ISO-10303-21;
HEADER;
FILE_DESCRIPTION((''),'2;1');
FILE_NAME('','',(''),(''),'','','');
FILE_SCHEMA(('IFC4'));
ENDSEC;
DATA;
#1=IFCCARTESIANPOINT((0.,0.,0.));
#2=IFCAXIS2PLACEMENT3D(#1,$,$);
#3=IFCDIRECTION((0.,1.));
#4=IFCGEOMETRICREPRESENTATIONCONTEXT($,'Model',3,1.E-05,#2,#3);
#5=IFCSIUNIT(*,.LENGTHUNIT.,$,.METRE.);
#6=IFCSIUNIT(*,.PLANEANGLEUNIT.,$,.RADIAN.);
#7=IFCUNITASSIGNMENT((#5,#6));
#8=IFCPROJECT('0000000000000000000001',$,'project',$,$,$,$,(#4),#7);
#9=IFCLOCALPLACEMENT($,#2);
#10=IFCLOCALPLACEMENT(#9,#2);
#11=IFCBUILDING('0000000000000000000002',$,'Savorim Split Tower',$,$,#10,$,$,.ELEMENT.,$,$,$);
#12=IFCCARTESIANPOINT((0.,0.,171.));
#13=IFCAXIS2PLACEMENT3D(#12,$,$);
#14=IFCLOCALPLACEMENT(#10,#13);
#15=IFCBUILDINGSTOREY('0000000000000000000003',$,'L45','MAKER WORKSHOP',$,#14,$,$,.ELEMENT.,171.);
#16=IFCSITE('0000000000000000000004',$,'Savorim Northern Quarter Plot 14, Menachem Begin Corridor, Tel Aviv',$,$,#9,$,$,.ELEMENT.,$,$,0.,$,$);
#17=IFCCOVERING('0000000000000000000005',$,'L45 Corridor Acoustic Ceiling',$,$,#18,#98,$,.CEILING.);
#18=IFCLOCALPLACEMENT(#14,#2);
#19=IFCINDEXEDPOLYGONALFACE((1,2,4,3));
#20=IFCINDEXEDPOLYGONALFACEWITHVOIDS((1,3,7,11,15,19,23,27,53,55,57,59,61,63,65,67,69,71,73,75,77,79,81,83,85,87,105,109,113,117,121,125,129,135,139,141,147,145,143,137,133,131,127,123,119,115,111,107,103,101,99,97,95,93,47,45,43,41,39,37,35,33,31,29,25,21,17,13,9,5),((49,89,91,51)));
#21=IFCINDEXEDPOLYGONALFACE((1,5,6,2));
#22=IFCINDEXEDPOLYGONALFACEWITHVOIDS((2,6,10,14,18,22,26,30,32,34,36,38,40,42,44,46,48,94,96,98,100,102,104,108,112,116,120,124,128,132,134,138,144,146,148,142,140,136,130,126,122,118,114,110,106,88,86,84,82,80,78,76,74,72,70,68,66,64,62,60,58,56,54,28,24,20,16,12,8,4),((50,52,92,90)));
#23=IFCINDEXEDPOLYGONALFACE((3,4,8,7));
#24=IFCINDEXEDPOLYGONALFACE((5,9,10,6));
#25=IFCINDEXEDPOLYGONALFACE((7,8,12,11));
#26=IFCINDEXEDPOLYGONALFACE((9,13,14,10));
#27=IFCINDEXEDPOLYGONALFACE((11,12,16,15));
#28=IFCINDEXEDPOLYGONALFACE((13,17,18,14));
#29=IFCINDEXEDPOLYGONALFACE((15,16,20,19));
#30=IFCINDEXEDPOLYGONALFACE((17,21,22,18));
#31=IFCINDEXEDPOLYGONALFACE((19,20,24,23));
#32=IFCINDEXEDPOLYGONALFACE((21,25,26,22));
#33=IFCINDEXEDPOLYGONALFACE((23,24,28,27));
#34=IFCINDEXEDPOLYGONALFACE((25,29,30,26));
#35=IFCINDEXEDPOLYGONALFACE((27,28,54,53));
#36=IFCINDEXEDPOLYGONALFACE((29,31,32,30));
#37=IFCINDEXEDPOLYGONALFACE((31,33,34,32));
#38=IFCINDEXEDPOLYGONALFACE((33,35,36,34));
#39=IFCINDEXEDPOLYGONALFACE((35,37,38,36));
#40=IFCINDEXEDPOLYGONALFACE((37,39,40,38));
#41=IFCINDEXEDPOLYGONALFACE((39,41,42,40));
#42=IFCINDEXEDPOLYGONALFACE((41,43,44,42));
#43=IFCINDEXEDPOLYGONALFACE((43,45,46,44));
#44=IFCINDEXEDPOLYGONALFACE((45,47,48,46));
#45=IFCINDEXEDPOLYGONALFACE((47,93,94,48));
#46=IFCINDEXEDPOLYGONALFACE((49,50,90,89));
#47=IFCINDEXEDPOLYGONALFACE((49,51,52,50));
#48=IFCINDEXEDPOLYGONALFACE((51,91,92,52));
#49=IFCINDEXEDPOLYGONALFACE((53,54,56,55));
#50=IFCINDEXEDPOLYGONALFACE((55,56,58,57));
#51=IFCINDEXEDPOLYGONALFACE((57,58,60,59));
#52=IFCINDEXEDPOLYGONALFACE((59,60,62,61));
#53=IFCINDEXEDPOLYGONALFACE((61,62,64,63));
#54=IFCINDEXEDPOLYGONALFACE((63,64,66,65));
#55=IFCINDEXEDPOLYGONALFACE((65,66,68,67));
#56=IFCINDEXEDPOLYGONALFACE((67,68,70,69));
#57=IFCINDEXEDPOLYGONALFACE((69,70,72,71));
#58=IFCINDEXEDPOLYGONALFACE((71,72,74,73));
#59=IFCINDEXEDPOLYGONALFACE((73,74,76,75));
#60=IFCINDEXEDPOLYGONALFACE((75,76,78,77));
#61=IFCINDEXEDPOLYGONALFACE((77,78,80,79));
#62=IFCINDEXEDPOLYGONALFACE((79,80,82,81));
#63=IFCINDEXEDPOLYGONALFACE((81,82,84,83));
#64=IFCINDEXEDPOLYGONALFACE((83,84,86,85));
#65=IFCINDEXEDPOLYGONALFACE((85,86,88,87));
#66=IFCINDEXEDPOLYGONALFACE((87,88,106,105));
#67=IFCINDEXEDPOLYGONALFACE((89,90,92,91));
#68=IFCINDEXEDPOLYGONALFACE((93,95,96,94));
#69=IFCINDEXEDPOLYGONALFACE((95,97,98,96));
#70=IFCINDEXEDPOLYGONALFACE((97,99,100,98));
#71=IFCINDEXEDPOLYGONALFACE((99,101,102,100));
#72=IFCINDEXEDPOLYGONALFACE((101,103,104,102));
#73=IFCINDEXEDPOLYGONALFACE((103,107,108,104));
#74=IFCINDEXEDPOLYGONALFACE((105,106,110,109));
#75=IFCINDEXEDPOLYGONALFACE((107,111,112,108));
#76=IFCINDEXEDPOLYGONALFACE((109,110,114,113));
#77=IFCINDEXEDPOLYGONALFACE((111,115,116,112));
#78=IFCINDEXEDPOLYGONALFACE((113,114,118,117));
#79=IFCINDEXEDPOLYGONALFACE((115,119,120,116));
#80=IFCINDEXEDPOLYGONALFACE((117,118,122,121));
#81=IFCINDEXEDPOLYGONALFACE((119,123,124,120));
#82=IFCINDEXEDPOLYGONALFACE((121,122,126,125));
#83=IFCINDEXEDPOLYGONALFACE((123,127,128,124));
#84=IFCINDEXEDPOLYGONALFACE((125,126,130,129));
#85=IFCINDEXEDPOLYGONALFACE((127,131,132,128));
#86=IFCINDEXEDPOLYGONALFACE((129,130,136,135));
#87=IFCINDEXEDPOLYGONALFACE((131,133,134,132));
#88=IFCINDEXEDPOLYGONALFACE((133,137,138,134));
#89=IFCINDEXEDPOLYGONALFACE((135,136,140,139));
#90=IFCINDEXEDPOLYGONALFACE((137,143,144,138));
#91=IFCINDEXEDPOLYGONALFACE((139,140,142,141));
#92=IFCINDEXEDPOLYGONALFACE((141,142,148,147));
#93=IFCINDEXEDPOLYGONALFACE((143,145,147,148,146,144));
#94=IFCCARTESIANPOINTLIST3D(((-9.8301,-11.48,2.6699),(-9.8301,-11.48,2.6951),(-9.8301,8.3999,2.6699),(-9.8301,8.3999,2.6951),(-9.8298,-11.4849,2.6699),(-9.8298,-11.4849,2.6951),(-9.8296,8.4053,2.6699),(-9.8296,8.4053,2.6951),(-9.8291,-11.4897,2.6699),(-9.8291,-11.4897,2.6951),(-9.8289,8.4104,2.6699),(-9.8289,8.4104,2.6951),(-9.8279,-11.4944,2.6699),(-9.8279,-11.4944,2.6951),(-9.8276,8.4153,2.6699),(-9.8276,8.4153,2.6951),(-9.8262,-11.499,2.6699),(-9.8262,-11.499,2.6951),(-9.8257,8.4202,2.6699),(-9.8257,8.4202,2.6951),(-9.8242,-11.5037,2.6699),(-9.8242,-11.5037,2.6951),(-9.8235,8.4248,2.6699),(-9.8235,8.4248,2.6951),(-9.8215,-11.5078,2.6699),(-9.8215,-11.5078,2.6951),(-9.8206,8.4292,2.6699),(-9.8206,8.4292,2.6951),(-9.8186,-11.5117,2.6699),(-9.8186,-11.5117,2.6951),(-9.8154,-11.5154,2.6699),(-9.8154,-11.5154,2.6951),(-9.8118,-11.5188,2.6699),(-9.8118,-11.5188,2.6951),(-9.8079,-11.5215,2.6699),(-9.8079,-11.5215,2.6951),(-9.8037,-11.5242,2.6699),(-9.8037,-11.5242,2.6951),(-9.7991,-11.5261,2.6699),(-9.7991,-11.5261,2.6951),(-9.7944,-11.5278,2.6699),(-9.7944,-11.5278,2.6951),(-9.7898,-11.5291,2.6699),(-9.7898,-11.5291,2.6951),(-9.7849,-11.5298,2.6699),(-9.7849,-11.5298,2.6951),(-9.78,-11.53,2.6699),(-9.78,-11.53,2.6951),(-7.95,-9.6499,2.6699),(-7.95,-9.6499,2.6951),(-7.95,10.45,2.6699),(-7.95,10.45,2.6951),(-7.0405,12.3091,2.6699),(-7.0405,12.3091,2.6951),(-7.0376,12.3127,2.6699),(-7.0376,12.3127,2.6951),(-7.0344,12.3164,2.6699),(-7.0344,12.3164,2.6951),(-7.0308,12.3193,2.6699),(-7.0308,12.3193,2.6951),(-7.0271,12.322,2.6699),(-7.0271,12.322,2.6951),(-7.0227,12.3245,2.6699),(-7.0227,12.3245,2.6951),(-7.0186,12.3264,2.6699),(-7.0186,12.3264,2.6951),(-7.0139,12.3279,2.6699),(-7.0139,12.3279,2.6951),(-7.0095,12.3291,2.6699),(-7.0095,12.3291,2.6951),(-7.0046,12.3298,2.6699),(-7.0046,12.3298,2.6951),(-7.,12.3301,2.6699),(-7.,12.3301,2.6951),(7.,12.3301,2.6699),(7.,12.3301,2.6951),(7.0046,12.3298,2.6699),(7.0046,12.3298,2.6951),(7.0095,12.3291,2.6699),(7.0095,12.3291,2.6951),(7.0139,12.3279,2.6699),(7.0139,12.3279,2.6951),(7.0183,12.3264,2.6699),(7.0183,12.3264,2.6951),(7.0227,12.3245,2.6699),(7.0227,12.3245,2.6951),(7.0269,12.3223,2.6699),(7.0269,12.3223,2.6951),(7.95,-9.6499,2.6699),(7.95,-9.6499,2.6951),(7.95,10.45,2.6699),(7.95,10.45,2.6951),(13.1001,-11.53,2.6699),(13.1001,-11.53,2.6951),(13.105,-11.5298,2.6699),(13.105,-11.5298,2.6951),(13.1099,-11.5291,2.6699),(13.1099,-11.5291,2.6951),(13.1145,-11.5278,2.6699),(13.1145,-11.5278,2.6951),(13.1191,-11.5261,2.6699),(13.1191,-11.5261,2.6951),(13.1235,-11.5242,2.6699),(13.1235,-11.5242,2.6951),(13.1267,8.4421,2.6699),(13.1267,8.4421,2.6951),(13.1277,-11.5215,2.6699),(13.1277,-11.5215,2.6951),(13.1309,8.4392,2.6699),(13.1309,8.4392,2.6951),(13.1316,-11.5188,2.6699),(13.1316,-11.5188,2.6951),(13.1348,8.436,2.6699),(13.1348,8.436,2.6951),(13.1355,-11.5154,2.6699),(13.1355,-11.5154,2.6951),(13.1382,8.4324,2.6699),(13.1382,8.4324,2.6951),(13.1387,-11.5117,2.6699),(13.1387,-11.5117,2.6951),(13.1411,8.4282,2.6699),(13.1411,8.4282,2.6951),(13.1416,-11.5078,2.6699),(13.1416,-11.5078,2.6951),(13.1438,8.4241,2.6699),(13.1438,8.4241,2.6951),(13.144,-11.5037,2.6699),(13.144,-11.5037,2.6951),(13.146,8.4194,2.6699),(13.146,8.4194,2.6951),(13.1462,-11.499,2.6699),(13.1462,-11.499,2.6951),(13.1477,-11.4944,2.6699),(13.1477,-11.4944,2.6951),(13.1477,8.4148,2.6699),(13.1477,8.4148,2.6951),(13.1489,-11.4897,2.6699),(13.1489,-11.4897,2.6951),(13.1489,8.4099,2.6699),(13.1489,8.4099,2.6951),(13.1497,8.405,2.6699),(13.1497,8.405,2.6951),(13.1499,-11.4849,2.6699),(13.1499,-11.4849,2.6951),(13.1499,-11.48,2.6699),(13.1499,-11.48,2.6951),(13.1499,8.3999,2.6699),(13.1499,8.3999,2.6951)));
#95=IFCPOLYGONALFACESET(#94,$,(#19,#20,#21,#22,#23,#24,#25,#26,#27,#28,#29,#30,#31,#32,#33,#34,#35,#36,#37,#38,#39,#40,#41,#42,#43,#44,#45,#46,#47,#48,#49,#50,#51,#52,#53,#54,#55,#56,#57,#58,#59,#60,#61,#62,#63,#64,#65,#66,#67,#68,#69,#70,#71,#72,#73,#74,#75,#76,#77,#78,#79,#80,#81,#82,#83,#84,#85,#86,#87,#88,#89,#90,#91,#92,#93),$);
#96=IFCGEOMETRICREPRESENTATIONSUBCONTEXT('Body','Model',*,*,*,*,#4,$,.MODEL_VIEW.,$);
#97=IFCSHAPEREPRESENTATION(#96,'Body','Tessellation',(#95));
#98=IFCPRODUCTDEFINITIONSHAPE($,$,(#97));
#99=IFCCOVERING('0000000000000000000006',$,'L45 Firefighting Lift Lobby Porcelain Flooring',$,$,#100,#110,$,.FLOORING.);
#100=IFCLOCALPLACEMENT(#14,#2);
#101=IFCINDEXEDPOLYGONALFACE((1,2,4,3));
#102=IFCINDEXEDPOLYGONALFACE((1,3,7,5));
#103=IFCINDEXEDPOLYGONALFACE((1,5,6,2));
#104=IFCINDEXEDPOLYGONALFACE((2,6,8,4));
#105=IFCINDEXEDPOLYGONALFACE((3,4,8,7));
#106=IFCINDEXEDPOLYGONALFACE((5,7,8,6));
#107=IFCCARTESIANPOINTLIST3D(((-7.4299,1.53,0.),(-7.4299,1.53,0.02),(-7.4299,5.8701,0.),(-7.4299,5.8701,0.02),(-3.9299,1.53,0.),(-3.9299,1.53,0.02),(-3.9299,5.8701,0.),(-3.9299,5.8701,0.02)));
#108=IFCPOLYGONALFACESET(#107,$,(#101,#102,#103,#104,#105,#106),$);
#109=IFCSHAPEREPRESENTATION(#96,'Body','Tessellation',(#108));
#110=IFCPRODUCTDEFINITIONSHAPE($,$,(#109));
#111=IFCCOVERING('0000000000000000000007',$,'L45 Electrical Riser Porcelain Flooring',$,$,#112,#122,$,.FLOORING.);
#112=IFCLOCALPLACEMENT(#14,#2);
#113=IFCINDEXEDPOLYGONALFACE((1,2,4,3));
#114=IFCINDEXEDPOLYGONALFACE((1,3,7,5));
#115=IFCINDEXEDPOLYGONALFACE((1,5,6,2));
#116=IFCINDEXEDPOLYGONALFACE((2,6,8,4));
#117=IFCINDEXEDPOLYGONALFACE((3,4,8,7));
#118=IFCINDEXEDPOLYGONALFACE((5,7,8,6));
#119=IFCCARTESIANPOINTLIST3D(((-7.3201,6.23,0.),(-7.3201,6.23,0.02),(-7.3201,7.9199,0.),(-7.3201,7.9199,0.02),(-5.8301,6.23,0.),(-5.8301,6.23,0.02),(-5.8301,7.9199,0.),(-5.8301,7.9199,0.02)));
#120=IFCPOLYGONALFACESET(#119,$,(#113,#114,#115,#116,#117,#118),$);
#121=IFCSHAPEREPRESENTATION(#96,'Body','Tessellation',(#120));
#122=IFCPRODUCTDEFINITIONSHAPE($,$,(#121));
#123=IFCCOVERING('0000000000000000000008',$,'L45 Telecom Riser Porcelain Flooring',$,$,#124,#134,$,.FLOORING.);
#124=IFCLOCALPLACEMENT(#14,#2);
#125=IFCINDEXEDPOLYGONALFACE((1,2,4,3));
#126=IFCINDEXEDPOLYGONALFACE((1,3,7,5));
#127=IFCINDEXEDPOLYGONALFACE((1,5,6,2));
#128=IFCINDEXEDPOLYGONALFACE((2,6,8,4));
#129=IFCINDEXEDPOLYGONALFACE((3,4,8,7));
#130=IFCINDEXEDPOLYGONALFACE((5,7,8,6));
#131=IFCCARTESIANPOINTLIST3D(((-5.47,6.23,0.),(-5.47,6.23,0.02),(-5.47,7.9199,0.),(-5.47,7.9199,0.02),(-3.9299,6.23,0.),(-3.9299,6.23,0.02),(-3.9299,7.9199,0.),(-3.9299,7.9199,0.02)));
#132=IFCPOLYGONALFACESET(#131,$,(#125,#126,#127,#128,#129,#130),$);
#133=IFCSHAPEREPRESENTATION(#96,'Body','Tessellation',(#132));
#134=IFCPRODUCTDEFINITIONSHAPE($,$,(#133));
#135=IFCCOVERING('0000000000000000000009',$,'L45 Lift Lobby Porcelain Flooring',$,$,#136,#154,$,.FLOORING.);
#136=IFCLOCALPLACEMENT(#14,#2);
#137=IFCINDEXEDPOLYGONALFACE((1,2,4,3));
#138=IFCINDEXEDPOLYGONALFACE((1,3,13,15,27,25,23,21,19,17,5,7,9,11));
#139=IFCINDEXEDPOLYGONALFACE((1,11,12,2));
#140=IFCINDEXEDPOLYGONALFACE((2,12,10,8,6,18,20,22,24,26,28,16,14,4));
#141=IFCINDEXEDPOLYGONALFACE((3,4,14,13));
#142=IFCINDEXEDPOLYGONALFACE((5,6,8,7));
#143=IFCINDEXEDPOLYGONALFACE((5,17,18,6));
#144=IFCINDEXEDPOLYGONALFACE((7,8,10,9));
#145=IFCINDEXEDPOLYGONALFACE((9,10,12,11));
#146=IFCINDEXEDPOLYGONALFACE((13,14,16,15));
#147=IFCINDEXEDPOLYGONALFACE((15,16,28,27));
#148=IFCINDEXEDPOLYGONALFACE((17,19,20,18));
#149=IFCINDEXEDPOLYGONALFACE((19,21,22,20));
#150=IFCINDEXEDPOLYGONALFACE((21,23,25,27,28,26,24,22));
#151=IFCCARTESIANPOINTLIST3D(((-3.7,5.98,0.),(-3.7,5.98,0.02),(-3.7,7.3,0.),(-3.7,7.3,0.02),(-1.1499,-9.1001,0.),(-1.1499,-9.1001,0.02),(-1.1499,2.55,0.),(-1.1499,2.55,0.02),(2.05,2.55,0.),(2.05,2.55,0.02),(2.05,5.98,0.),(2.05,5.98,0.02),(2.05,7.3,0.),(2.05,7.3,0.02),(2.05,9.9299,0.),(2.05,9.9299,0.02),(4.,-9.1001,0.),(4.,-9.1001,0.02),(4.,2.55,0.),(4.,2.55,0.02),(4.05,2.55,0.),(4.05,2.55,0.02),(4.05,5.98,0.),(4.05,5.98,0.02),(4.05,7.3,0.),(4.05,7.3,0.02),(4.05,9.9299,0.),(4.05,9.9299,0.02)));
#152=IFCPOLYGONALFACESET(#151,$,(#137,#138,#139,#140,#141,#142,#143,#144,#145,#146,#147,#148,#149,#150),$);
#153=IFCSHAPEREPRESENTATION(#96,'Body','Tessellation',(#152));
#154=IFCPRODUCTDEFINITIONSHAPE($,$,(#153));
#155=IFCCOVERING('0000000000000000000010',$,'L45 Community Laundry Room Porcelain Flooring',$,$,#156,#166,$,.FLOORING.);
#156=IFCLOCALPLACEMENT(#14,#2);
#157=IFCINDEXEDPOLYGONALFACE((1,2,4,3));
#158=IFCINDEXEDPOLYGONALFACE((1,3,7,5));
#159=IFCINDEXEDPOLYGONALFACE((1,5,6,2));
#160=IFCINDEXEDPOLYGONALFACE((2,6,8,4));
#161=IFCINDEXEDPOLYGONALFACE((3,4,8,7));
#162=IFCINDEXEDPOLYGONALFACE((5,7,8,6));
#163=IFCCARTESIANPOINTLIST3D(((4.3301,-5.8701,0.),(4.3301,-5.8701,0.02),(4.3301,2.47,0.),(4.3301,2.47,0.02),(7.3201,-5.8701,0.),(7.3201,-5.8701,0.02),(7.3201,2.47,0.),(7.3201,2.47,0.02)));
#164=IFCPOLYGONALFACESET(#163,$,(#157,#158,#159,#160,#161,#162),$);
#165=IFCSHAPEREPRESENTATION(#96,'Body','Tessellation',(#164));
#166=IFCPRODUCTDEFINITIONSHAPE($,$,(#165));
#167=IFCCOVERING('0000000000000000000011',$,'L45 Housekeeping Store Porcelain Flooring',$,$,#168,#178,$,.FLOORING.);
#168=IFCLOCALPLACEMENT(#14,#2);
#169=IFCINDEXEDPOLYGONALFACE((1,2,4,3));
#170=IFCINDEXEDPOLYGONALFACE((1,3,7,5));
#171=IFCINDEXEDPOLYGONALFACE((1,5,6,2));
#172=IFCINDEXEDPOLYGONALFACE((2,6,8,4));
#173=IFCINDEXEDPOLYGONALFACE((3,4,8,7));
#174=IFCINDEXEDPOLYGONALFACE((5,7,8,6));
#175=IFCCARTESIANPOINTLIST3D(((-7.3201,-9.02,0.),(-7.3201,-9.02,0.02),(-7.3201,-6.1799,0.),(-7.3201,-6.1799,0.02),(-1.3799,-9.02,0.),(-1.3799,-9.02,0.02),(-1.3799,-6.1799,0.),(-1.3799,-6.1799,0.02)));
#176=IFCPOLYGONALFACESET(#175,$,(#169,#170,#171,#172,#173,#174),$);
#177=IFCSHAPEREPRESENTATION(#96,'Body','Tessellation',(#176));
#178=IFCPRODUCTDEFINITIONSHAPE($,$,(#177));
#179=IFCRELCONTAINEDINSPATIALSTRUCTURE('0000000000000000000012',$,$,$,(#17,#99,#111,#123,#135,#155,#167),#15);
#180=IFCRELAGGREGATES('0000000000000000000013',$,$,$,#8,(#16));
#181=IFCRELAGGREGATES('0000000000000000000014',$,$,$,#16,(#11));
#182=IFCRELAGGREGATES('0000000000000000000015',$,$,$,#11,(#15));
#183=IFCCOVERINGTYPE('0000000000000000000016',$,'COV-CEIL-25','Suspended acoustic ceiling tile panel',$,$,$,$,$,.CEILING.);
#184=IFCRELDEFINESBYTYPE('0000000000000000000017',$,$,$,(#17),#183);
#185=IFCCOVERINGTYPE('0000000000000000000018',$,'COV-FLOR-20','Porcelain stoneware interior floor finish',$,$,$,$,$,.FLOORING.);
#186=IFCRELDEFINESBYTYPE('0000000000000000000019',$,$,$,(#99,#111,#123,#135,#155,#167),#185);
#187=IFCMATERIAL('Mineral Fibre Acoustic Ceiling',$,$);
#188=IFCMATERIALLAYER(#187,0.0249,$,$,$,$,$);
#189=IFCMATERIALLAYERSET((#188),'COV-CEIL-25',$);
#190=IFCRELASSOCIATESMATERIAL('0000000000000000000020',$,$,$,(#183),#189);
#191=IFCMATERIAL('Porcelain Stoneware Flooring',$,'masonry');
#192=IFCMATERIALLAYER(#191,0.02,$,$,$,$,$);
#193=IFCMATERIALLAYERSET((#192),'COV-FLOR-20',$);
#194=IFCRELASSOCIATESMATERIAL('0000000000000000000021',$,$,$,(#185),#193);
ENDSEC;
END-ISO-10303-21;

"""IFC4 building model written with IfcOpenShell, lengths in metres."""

from ifc_helpers import new_model, si_unit, direction, frame, origin, place, context, subcontext, project, spatial, polyline, outline, extrude, material, layer, layer_set, type_object, element, save


model = new_model("IFC4")

# Units and contexts
model_context = context("Model", 3, precision=1e-05, world=origin(), true_north=direction((0.0, 1.0)))
body_context = subcontext(model_context, "Body", "Model", "MODEL_VIEW")
ifc_project = project(units=[si_unit("LENGTHUNIT", "METRE"), si_unit("PLANEANGLEUNIT", "RADIAN")], contexts=[model_context])

# Site, building, storey
site_placement = place(None, origin())
site = spatial("IfcSite", under=ifc_project, at=site_placement, Name="Savorim Northern Quarter Plot 14, Menachem Begin Corridor, Tel Aviv", CompositionType="ELEMENT", RefElevation=0.0)
building_placement = place(site_placement, origin())
building = spatial("IfcBuilding", under=site, at=building_placement, Name="Savorim Split Tower", CompositionType="ELEMENT")
storey_placement = place(building_placement, frame((0.0, 0.0, 171.0)))
storey = spatial("IfcBuildingStorey", under=building, at=storey_placement, Name="L45", Description="MAKER WORKSHOP", CompositionType="ELEMENT", Elevation=171.0)

# Coverings
ifc_material_1 = material(Name="Mineral Fibre Acoustic Ceiling")
ifc_layer_1 = layer(ifc_material_1, 0.0249)
ifc_layer_set_1 = layer_set([ifc_layer_1], Name="COV-CEIL-25")
covering_type_1 = type_object("IfcCoveringType", Name="COV-CEIL-25", Description="Suspended acoustic ceiling tile panel", PredefinedType="CEILING", material=ifc_layer_set_1)
covering_1_placement = place(storey_placement, frame((0.0, 0.0, 2.6699)))
element("IfcCovering", 1, at=covering_1_placement, inside=storey, type_object=covering_type_1, Name="L45 Corridor Acoustic Ceiling", PredefinedType="CEILING", context=body_context, shape_type="SweptSolid", body=[
    extrude(outline(polyline([(7.0095, 12.3291), (7.0046, 12.3298), (7.0, 12.3301), (-7.0, 12.3301), (-7.0046, 12.3298), (-7.0095, 12.3291), (-7.0139, 12.3279), (-7.0186, 12.3264), (-7.0227, 12.3245), (-7.0271, 12.322), (-7.0308, 12.3193), (-7.0344, 12.3164), (-7.0376, 12.3127), (-7.0405, 12.3091), (-9.8206, 8.4292), (-9.8235, 8.4248), (-9.8257, 8.4202), (-9.8276, 8.4153), (-9.8289, 8.4104), (-9.8296, 8.4053), (-9.8301, 8.3999), (-9.8301, -11.48), (-9.8298, -11.4849), (-9.8291, -11.4897), (-9.8279, -11.4944), (-9.8262, -11.499), (-9.8242, -11.5037), (-9.8215, -11.5078), (-9.8186, -11.5117), (-9.8154, -11.5154), (-9.8118, -11.5188), (-9.8079, -11.5215), (-9.8037, -11.5242), (-9.7991, -11.5261), (-9.7944, -11.5278), (-9.7898, -11.5291), (-9.7849, -11.5298), (-9.78, -11.53), (13.1001, -11.53), (13.105, -11.5298), (13.1099, -11.5291), (13.1145, -11.5278), (13.1191, -11.5261), (13.1235, -11.5242), (13.1277, -11.5215), (13.1316, -11.5188), (13.1355, -11.5154), (13.1387, -11.5117), (13.1416, -11.5078), (13.144, -11.5037), (13.1462, -11.499), (13.1477, -11.4944), (13.1489, -11.4897), (13.1499, -11.4849), (13.1499, -11.48), (13.1499, 8.3999), (13.1497, 8.405), (13.1489, 8.4099), (13.1477, 8.4148), (13.146, 8.4194), (13.1438, 8.4241), (13.1411, 8.4282), (13.1382, 8.4324), (13.1348, 8.436), (13.1309, 8.4392), (13.1267, 8.4421), (7.0269, 12.3223), (7.0227, 12.3245), (7.0183, 12.3264), (7.0139, 12.3279), (7.0095, 12.3291)]), holes=[polyline([(-7.95, 10.45), (-7.95, -9.6499), (7.95, -9.6499), (7.95, 10.45), (-7.95, 10.45)])]), origin(), (0.0, 0.0, 1.0), 0.0251),
])
ifc_material_2 = material(Name="Porcelain Stoneware Flooring", Category="masonry")
ifc_layer_2 = layer(ifc_material_2, 0.02)
ifc_layer_set_2 = layer_set([ifc_layer_2], Name="COV-FLOR-20")
covering_type_2 = type_object("IfcCoveringType", Name="COV-FLOR-20", Description="Porcelain stoneware interior floor finish", PredefinedType="FLOORING", material=ifc_layer_set_2)
covering_2_placement = place(storey_placement, origin())
element("IfcCovering", 2, at=covering_2_placement, inside=storey, type_object=covering_type_2, Name="L45 Firefighting Lift Lobby Porcelain Flooring", PredefinedType="FLOORING", context=body_context, shape_type="SweptSolid", body=[
    extrude(outline(polyline([(-7.4299, 5.8701), (-7.4299, 1.53), (-3.9299, 1.53), (-3.9299, 5.8701), (-7.4299, 5.8701)])), origin(), (0.0, 0.0, 1.0), 0.02),
])
covering_3_placement = place(storey_placement, origin())
element("IfcCovering", 3, at=covering_3_placement, inside=storey, type_object=covering_type_2, Name="L45 Electrical Riser Porcelain Flooring", PredefinedType="FLOORING", context=body_context, shape_type="SweptSolid", body=[
    extrude(outline(polyline([(-7.3201, 7.9199), (-7.3201, 6.23), (-5.8301, 6.23), (-5.8301, 7.9199), (-7.3201, 7.9199)])), origin(), (0.0, 0.0, 1.0), 0.02),
])
covering_4_placement = place(storey_placement, origin())
element("IfcCovering", 4, at=covering_4_placement, inside=storey, type_object=covering_type_2, Name="L45 Telecom Riser Porcelain Flooring", PredefinedType="FLOORING", context=body_context, shape_type="SweptSolid", body=[
    extrude(outline(polyline([(-5.47, 7.9199), (-5.47, 6.23), (-3.9299, 6.23), (-3.9299, 7.9199), (-5.47, 7.9199)])), origin(), (0.0, 0.0, 1.0), 0.02),
])
covering_5_placement = place(storey_placement, origin())
element("IfcCovering", 5, at=covering_5_placement, inside=storey, type_object=covering_type_2, Name="L45 Lift Lobby Porcelain Flooring", PredefinedType="FLOORING", context=body_context, shape_type="SweptSolid", body=[
    extrude(outline(polyline([(2.05, 2.55), (-1.1499, 2.55), (-1.1499, -9.1001), (4.0, -9.1001), (4.0, 2.55), (4.05, 2.55), (4.05, 5.98), (4.05, 7.3), (4.05, 9.9299), (2.05, 9.9299), (2.05, 7.3), (-3.7, 7.3), (-3.7, 5.98), (2.05, 5.98), (2.05, 2.55)])), origin(), (0.0, 0.0, 1.0), 0.02),
])
covering_6_placement = place(storey_placement, origin())
element("IfcCovering", 6, at=covering_6_placement, inside=storey, type_object=covering_type_2, Name="L45 Community Laundry Room Porcelain Flooring", PredefinedType="FLOORING", context=body_context, shape_type="SweptSolid", body=[
    extrude(outline(polyline([(4.3301, 2.47), (4.3301, -5.8701), (7.3201, -5.8701), (7.3201, 2.47), (4.3301, 2.47)])), origin(), (0.0, 0.0, 1.0), 0.02),
])
covering_7_placement = place(storey_placement, origin())
element("IfcCovering", 7, at=covering_7_placement, inside=storey, type_object=covering_type_2, Name="L45 Housekeeping Store Porcelain Flooring", PredefinedType="FLOORING", context=body_context, shape_type="SweptSolid", body=[
    extrude(outline(polyline([(-7.3201, -6.1799), (-7.3201, -9.02), (-1.3799, -9.02), (-1.3799, -6.1799), (-7.3201, -6.1799)])), origin(), (0.0, 0.0, 1.0), 0.02),
])

save(model, "model.ifc")
